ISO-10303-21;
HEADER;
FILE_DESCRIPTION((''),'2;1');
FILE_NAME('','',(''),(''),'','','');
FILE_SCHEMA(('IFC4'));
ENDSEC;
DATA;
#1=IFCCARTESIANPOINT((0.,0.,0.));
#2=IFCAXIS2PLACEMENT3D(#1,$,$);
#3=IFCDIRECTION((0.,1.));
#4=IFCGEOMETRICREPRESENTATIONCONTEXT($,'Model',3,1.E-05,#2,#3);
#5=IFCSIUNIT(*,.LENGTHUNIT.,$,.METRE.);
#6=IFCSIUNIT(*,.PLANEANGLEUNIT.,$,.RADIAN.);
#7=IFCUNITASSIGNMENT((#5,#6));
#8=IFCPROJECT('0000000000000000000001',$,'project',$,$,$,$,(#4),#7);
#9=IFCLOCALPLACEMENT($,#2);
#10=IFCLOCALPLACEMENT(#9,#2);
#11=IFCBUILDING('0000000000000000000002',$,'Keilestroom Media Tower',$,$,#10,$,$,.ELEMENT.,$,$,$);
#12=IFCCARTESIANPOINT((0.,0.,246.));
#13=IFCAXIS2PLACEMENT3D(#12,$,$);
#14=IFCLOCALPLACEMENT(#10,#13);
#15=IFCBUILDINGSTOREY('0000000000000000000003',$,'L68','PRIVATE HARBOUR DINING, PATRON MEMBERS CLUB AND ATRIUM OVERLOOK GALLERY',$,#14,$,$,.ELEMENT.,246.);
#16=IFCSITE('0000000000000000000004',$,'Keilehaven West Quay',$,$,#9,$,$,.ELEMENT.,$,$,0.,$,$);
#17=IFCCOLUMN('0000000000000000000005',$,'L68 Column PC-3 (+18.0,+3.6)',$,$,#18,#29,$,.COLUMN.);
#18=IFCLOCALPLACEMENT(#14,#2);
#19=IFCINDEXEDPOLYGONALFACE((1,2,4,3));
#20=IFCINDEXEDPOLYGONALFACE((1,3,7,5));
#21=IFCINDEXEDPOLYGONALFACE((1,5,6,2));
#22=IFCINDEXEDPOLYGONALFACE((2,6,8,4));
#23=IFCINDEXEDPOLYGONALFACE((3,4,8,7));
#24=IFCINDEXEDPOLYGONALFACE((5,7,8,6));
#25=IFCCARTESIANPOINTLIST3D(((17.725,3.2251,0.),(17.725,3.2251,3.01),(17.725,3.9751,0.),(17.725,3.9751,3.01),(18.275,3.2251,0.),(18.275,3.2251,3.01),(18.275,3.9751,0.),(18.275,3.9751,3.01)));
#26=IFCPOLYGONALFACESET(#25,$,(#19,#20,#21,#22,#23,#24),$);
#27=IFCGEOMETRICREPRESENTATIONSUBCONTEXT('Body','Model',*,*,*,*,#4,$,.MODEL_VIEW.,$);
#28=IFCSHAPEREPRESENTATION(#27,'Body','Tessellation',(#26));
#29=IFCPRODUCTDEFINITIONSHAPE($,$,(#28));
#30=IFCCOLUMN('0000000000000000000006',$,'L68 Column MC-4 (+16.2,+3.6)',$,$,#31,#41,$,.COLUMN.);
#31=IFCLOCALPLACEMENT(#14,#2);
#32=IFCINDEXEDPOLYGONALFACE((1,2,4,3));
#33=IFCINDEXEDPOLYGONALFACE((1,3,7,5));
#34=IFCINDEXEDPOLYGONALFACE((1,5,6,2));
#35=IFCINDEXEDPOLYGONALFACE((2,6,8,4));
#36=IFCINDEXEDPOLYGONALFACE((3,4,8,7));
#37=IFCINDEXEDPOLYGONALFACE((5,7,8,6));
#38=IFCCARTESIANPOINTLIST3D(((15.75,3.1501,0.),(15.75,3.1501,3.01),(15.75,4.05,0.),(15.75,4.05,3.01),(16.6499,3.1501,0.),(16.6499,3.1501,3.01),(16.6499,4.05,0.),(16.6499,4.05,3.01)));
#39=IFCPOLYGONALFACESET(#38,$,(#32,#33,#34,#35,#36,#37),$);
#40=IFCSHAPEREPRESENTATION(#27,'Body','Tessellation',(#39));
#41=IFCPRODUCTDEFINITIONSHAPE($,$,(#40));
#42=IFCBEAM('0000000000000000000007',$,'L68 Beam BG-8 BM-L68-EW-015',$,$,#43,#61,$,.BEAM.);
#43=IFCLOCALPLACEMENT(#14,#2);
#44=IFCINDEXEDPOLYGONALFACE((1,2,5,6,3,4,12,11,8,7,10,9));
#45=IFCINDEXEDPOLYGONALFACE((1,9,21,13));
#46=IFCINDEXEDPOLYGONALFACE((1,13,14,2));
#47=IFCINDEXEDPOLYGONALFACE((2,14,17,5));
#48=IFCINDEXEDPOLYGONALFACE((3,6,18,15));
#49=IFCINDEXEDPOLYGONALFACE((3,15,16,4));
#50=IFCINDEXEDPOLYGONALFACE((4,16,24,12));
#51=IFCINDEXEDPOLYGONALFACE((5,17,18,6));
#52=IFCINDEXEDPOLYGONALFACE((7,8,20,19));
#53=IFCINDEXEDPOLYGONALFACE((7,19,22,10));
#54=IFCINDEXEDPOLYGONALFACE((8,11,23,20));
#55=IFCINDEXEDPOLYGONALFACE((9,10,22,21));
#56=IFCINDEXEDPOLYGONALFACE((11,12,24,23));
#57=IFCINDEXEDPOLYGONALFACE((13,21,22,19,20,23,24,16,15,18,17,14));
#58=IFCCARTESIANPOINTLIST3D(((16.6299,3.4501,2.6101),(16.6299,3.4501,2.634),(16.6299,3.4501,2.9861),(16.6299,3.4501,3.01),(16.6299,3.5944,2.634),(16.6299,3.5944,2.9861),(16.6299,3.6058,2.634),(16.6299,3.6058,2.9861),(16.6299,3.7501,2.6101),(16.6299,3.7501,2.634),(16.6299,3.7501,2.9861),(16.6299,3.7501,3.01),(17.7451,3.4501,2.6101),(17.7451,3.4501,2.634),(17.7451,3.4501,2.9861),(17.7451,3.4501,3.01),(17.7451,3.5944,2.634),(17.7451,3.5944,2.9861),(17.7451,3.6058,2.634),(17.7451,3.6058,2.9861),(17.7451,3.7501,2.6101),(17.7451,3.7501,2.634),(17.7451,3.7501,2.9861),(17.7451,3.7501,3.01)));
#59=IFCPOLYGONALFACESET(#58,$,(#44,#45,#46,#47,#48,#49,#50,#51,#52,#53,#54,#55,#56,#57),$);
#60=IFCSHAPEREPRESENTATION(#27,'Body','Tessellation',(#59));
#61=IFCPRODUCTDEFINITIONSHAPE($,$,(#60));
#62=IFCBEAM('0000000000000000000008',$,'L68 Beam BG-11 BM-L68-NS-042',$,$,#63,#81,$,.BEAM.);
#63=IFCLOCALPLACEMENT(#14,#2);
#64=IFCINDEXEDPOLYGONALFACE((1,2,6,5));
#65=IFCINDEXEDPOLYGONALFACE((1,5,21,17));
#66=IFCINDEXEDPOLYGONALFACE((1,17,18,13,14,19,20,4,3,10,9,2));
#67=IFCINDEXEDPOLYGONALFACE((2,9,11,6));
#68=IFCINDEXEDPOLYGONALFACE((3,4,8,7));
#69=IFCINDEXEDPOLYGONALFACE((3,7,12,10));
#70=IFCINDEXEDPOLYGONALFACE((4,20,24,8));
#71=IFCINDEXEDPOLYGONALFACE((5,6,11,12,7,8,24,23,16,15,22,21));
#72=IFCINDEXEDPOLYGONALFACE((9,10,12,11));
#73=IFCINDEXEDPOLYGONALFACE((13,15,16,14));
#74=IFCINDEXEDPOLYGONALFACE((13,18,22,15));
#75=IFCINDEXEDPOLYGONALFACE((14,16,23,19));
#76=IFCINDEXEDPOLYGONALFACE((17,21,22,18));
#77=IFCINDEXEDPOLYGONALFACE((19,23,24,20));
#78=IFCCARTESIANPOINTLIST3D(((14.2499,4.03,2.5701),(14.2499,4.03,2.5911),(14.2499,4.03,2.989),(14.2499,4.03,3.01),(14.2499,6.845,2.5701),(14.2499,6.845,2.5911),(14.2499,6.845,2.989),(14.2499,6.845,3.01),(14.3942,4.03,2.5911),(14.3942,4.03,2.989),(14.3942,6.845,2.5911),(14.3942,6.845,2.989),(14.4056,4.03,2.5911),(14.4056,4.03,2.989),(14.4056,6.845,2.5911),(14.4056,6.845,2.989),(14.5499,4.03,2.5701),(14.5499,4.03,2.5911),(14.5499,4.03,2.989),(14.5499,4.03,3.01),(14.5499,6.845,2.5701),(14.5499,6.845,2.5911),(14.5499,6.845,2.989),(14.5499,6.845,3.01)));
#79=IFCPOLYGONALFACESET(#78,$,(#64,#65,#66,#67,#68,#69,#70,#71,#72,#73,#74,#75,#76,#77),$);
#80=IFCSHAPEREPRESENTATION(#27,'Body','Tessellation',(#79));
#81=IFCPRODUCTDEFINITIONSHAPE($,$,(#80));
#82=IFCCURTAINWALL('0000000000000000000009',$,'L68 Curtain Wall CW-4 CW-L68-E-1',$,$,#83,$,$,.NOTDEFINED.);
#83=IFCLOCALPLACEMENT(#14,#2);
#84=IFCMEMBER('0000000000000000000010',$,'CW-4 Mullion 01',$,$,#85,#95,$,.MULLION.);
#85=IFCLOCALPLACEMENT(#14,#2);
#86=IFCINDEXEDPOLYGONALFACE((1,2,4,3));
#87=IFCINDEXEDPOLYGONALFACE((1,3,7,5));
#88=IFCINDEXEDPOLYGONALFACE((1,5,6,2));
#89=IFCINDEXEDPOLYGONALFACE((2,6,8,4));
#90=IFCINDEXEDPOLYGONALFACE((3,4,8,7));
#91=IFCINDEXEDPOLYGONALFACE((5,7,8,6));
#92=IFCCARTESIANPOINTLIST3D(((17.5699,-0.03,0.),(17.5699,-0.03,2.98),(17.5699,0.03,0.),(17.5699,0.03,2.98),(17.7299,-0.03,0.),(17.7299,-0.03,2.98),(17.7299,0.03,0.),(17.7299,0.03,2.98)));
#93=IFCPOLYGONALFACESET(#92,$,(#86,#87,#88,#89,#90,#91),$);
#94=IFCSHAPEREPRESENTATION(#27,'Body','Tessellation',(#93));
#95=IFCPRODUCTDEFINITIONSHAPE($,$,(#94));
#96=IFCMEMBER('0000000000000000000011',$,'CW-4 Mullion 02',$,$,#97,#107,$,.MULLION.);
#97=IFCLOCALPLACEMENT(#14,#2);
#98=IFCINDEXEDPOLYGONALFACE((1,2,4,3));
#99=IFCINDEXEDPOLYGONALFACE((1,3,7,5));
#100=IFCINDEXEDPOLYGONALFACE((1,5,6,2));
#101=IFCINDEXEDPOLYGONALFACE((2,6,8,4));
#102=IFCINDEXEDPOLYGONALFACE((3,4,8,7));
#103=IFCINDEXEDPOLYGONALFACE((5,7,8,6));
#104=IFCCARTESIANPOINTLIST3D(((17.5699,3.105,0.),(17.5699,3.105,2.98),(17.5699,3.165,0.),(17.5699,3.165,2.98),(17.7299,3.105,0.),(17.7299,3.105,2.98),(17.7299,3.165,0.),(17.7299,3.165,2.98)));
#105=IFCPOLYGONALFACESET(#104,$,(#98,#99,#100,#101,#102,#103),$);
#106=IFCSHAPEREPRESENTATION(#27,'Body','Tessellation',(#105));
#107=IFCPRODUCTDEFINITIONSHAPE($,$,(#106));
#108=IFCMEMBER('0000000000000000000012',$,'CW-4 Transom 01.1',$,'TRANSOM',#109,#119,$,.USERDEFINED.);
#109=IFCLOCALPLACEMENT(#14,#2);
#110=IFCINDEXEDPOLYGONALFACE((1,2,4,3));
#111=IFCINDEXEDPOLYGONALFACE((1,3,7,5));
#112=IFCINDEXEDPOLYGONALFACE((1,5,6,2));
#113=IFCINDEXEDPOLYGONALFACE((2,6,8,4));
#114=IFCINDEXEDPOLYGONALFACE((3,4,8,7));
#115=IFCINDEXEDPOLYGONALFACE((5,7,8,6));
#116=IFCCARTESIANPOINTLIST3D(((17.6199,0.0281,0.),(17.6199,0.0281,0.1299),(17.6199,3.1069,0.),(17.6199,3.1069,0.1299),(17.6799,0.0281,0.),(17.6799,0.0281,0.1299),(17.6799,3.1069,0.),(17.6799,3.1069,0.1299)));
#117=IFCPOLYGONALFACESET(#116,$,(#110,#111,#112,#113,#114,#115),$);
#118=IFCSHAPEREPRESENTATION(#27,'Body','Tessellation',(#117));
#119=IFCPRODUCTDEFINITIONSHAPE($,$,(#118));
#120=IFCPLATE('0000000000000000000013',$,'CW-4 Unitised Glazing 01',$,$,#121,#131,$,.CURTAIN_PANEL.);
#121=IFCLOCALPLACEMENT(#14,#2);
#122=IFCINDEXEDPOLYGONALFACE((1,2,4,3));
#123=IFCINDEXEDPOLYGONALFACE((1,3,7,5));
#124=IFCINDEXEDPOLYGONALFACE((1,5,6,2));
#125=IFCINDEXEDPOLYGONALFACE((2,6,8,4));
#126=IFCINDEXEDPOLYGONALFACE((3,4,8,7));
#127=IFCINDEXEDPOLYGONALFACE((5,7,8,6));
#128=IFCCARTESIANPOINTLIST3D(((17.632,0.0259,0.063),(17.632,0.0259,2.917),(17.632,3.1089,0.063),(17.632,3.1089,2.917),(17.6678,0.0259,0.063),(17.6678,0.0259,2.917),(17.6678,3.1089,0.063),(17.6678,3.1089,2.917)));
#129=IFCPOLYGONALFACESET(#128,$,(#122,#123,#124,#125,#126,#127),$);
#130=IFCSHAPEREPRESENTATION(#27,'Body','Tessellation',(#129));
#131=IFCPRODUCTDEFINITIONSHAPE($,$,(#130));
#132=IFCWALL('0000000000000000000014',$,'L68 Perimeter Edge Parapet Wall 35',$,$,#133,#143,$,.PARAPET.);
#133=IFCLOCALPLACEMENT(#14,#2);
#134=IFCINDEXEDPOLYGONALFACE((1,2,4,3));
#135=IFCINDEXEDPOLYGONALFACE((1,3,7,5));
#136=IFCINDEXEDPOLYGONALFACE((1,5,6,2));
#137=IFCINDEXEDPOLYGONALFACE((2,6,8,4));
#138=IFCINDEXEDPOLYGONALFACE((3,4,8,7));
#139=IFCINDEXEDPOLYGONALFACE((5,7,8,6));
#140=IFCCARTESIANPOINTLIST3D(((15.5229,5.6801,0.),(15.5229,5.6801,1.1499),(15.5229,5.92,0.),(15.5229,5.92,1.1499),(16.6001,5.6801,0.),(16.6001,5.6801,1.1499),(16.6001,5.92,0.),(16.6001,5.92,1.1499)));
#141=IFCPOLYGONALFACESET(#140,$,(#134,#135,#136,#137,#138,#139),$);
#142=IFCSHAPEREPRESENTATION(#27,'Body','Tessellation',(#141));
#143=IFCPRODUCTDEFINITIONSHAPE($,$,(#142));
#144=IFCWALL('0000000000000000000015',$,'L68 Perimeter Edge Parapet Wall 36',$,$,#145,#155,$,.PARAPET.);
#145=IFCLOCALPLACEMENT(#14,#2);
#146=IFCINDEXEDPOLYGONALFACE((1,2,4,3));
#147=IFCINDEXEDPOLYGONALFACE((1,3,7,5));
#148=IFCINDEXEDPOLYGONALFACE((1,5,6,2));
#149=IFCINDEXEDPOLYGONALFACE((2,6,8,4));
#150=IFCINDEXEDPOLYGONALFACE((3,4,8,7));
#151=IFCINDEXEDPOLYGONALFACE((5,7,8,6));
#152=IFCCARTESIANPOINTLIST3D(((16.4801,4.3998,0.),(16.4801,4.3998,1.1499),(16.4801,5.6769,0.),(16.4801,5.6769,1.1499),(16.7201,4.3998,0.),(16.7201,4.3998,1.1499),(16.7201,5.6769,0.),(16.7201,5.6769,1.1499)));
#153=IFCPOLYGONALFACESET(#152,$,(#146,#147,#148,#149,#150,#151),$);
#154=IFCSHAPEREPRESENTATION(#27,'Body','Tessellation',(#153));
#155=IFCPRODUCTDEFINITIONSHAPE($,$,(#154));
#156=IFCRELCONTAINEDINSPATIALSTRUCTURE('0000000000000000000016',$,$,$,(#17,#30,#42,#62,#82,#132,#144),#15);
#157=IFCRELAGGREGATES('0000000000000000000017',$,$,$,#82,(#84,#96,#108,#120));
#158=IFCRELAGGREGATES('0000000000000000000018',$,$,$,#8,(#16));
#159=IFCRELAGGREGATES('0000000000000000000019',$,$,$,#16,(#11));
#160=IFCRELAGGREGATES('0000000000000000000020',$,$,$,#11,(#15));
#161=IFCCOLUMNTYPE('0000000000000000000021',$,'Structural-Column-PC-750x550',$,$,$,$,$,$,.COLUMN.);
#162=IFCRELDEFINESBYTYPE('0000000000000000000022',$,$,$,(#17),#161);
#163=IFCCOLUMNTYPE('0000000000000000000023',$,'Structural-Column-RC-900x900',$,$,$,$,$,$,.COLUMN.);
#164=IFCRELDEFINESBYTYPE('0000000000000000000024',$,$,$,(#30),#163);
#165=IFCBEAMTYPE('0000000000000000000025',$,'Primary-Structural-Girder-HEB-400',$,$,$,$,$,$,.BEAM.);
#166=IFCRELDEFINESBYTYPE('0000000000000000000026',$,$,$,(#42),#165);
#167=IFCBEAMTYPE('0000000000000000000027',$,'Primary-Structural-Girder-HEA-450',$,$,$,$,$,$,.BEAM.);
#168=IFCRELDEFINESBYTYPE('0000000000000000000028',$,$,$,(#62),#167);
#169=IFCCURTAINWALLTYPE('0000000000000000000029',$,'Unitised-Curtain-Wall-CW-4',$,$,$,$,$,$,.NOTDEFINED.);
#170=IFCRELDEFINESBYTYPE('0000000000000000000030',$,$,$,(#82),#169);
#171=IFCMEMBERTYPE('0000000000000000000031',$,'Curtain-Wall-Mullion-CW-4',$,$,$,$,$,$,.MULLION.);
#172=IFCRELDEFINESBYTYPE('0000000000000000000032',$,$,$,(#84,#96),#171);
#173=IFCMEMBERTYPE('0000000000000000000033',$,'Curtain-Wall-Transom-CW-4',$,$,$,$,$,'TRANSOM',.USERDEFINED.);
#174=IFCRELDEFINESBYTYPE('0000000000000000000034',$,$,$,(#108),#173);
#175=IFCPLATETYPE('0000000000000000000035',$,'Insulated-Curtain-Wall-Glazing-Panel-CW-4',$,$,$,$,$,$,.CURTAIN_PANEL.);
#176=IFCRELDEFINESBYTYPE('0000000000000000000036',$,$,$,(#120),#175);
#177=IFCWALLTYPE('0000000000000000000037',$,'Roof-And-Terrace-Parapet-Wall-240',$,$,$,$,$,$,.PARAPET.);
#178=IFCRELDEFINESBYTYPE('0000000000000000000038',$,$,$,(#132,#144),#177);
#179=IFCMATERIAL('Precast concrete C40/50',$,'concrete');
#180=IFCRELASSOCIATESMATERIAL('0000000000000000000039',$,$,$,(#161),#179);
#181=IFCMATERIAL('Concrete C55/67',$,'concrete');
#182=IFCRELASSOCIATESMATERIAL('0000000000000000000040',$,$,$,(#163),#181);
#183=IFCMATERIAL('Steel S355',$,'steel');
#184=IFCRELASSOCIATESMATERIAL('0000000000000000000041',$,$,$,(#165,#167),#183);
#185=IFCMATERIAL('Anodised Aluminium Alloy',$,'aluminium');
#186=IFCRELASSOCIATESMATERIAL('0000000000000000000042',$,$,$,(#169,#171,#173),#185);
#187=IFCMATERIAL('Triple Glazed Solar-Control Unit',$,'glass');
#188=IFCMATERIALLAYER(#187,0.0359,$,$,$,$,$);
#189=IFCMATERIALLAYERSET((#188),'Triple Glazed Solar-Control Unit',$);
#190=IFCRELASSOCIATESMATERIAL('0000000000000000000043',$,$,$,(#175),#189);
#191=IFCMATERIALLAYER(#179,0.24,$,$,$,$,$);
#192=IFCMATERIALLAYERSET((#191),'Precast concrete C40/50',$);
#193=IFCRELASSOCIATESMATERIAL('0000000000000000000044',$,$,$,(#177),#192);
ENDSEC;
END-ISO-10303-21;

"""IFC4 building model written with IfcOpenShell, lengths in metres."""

from ifc_helpers import new_model, si_unit, direction, frame, frame_2d, origin, origin_2d, place, context, subcontext, project, spatial, rectangle, i_section, extrude, source, transform, mapped, material, layer, layer_set, material_profile, profile_set, type_object, element, aggregate, save


model = new_model("IFC4")

# Units and contexts
model_context = context("Model", 3, precision=1e-05, world=origin(), true_north=direction((0.0, 1.0)))
body_context = subcontext(model_context, "Body", "Model", "MODEL_VIEW")
ifc_project = project(units=[si_unit("LENGTHUNIT", "METRE"), si_unit("PLANEANGLEUNIT", "RADIAN")], contexts=[model_context])

# Site, building, storey
site_placement = place(None, origin())
site = spatial("IfcSite", under=ifc_project, at=site_placement, Name="Keilehaven West Quay", CompositionType="ELEMENT", RefElevation=0.0)
building_placement = place(site_placement, origin())
building = spatial("IfcBuilding", under=site, at=building_placement, Name="Keilestroom Media Tower", CompositionType="ELEMENT")
storey_placement = place(building_placement, frame((0.0, 0.0, 246.0)))
storey = spatial("IfcBuildingStorey", under=building, at=storey_placement, Name="L68", Description="PRIVATE HARBOUR DINING, PATRON MEMBERS CLUB AND ATRIUM OVERLOOK GALLERY", CompositionType="ELEMENT", Elevation=246.0)

# Columns
ifc_material_1 = material(Name="Precast concrete C40/50", Category="concrete")
ifc_material_profile_1 = material_profile(ifc_material_1, rectangle(XDim=0.55, YDim=0.75, at=origin_2d()), Name="PC 750x550")
ifc_profile_set_1 = profile_set([ifc_material_profile_1], Name="Precast concrete C40/50")
column_type_1 = type_object("IfcColumnType", Name="Structural-Column-PC-750x550", PredefinedType="COLUMN", material=ifc_profile_set_1)
shared_shape_1 = source(origin(), body_context, "Body", "SweptSolid", [
    extrude(rectangle(XDim=0.55, YDim=0.75, at=origin_2d()), origin(), (0.0, 0.0, 1.0), 3.01),
])
column_1_placement = place(storey_placement, frame((18.0, 3.6001, 0.0), z_axis=(0.0, 0.0, 1.0), x_axis=(1.0, 0.0, 0.0)))
element("IfcColumn", 1, at=column_1_placement, inside=storey, type_object=column_type_1, Name="L68 Column PC-3 (+18.0,+3.6)", PredefinedType="COLUMN", context=body_context, shape_type="MappedRepresentation", body=[
    mapped(shared_shape_1, transform((0.0, 0.0, 0.0), x_axis=(1.0, 0.0, 0.0), y_axis=(0.0, 1.0, 0.0), z_axis=(0.0, 0.0, 1.0), scale=1.0)),
])
ifc_material_2 = material(Name="Concrete C55/67", Category="concrete")
ifc_material_profile_2 = material_profile(ifc_material_2, rectangle(XDim=0.8999, YDim=0.8999, at=origin_2d()), Name="RC 900x900")
ifc_profile_set_2 = profile_set([ifc_material_profile_2], Name="Concrete C55/67")
column_type_2 = type_object("IfcColumnType", Name="Structural-Column-RC-900x900", PredefinedType="COLUMN", material=ifc_profile_set_2)
shared_shape_2 = source(origin(), body_context, "Body", "SweptSolid", [
    extrude(rectangle(XDim=0.8999, YDim=0.8999, at=origin_2d()), origin(), (0.0, 0.0, 1.0), 3.01),
])
column_2_placement = place(storey_placement, frame((16.2, 3.6001, 0.0), z_axis=(0.0, 0.0, 1.0), x_axis=(1.0, 0.0, 0.0)))
element("IfcColumn", 2, at=column_2_placement, inside=storey, type_object=column_type_2, Name="L68 Column MC-4 (+16.2,+3.6)", PredefinedType="COLUMN", context=body_context, shape_type="MappedRepresentation", body=[
    mapped(shared_shape_2, transform((0.0, 0.0, 0.0), x_axis=(1.0, 0.0, 0.0), y_axis=(0.0, 1.0, 0.0), z_axis=(0.0, 0.0, 1.0), scale=1.0)),
])

# Beams
ifc_material_3 = material(Name="Steel S355", Category="steel")
ifc_material_profile_3 = material_profile(ifc_material_3, i_section(OverallWidth=0.3, OverallDepth=0.3999, WebThickness=0.0115, FlangeThickness=0.0239, at=origin_2d()), Name="HEB 400")
ifc_profile_set_3 = profile_set([ifc_material_profile_3], Name="Steel S355")
beam_type_1 = type_object("IfcBeamType", Name="Primary-Structural-Girder-HEB-400", PredefinedType="BEAM", material=ifc_profile_set_3)
shared_shape_3 = source(origin(), body_context, "Body", "SweptSolid", [
    extrude(i_section(OverallWidth=0.3, OverallDepth=0.3999, WebThickness=0.0115, FlangeThickness=0.0239, at=origin_2d()), origin(), (0.0, 0.0, 1.0), 1.1152),
])
beam_1_placement = place(storey_placement, frame((16.6299, 3.6001, 2.8101), z_axis=(1.0, 0.0, 0.0), x_axis=(0.0, 1.0, 0.0)))
element("IfcBeam", 3, at=beam_1_placement, inside=storey, type_object=beam_type_1, Name="L68 Beam BG-8 BM-L68-EW-015", PredefinedType="BEAM", context=body_context, shape_type="MappedRepresentation", body=[
    mapped(shared_shape_3, transform((0.0, 0.0, 0.0), x_axis=(1.0, 0.0, 0.0), y_axis=(0.0, 1.0, 0.0), z_axis=(0.0, 0.0, 1.0), scale=1.0)),
])
ifc_material_profile_4 = material_profile(ifc_material_3, i_section(OverallWidth=0.3, OverallDepth=0.4399, WebThickness=0.0115, FlangeThickness=0.021, at=origin_2d()), Name="HEA 450")
ifc_profile_set_4 = profile_set([ifc_material_profile_4], Name="Steel S355")
beam_type_2 = type_object("IfcBeamType", Name="Primary-Structural-Girder-HEA-450", PredefinedType="BEAM", material=ifc_profile_set_4)
shared_shape_4 = source(origin(), body_context, "Body", "SweptSolid", [
    extrude(i_section(OverallWidth=0.3, OverallDepth=0.4399, WebThickness=0.0115, FlangeThickness=0.021, at=origin_2d()), origin(), (0.0, 0.0, 1.0), 2.8149),
])
beam_2_placement = place(storey_placement, frame((14.3999, 4.03, 2.79), z_axis=(0.0, 1.0, 0.0), x_axis=(-1.0, 0.0, 0.0)))
element("IfcBeam", 4, at=beam_2_placement, inside=storey, type_object=beam_type_2, Name="L68 Beam BG-11 BM-L68-NS-042", PredefinedType="BEAM", context=body_context, shape_type="MappedRepresentation", body=[
    mapped(shared_shape_4, transform((0.0, 0.0, 0.0), x_axis=(1.0, 0.0, 0.0), y_axis=(0.0, 1.0, 0.0), z_axis=(0.0, 0.0, 1.0), scale=1.0)),
])

# Curtain wall, members, plate
ifc_material_4 = material(Name="Anodised Aluminium Alloy", Category="aluminium")
curtain_wall_type = type_object("IfcCurtainWallType", Name="Unitised-Curtain-Wall-CW-4", PredefinedType="NOTDEFINED", material=ifc_material_4)
curtain_wall_placement = place(storey_placement, origin())
curtain_wall = element("IfcCurtainWall", 5, at=curtain_wall_placement, inside=storey, type_object=curtain_wall_type, Name="L68 Curtain Wall CW-4 CW-L68-E-1", PredefinedType="NOTDEFINED")
ifc_material_profile_5 = material_profile(ifc_material_4, rectangle(XDim=0.0601, YDim=0.1599, at=origin_2d()), Name="ALU MULLION 60x160")
ifc_profile_set_5 = profile_set([ifc_material_profile_5], Name="Anodised Aluminium Alloy")
member_type_1 = type_object("IfcMemberType", Name="Curtain-Wall-Mullion-CW-4", PredefinedType="MULLION", material=ifc_profile_set_5)
shared_shape_5 = source(origin(), body_context, "Body", "SweptSolid", [
    extrude(rectangle(XDim=0.0601, YDim=0.1599, at=origin_2d()), origin(), (0.0, 0.0, 1.0), 2.98),
])
member_1_placement = place(storey_placement, frame((17.6499, 0.0, 0.0), z_axis=(0.0, 0.0, 1.0), x_axis=(0.0, 1.0, 0.0)))
member_1 = element("IfcMember", 6, at=member_1_placement, type_object=member_type_1, Name="CW-4 Mullion 01", PredefinedType="MULLION", context=body_context, shape_type="MappedRepresentation", body=[
    mapped(shared_shape_5, transform((0.0, 0.0, 0.0), x_axis=(1.0, 0.0, 0.0), y_axis=(0.0, 1.0, 0.0), z_axis=(0.0, 0.0, 1.0), scale=1.0)),
])
member_2_placement = place(storey_placement, frame((17.6499, 3.135, 0.0), z_axis=(0.0, 0.0, 1.0), x_axis=(0.0, 1.0, 0.0)))
member_2 = element("IfcMember", 7, at=member_2_placement, type_object=member_type_1, Name="CW-4 Mullion 02", PredefinedType="MULLION", context=body_context, shape_type="MappedRepresentation", body=[
    mapped(shared_shape_5, transform((0.0, 0.0, 0.0), x_axis=(1.0, 0.0, 0.0), y_axis=(0.0, 1.0, 0.0), z_axis=(0.0, 0.0, 1.0), scale=1.0)),
])
ifc_material_profile_6 = material_profile(ifc_material_4, rectangle(XDim=0.0601, YDim=0.1299, at=origin_2d()), Name="ALU TRANSOM 60x130")
ifc_profile_set_6 = profile_set([ifc_material_profile_6], Name="Anodised Aluminium Alloy")
member_type_2 = type_object("IfcMemberType", Name="Curtain-Wall-Transom-CW-4", ElementType="TRANSOM", PredefinedType="USERDEFINED", material=ifc_profile_set_6)
shared_shape_6 = source(origin(), body_context, "Body", "SweptSolid", [
    extrude(rectangle(XDim=0.0601, YDim=0.1299, at=origin_2d()), origin(), (0.0, 0.0, 1.0), 3.0789),
])
member_3_placement = place(storey_placement, frame((17.6499, 0.0281, 0.0649), z_axis=(0.0, 1.0, 0.0), x_axis=(-1.0, 0.0, 0.0)))
member_3 = element("IfcMember", 8, at=member_3_placement, type_object=member_type_2, Name="CW-4 Transom 01.1", ObjectType="TRANSOM", PredefinedType="USERDEFINED", context=body_context, shape_type="MappedRepresentation", body=[
    mapped(shared_shape_6, transform((0.0, 0.0, 0.0), x_axis=(1.0, 0.0, 0.0), y_axis=(0.0, 1.0, 0.0), z_axis=(0.0, 0.0, 1.0), scale=1.0)),
])
ifc_material_5 = material(Name="Triple Glazed Solar-Control Unit", Category="glass")
ifc_layer_1 = layer(ifc_material_5, 0.0359)
ifc_layer_set_1 = layer_set([ifc_layer_1], Name="Triple Glazed Solar-Control Unit")
plate_type = type_object("IfcPlateType", Name="Insulated-Curtain-Wall-Glazing-Panel-CW-4", PredefinedType="CURTAIN_PANEL", material=ifc_layer_set_1)
shared_shape_7 = source(origin(), body_context, "Body", "SweptSolid", [
    extrude(rectangle(XDim=3.083, YDim=0.0359, at=origin_2d()), origin(), (0.0, 0.0, 1.0), 2.854),
])
plate_placement = place(storey_placement, frame((17.6499, 1.5674, 0.063), z_axis=(0.0, 0.0, 1.0), x_axis=(0.0, 1.0, 0.0)))
plate = element("IfcPlate", 9, at=plate_placement, type_object=plate_type, Name="CW-4 Unitised Glazing 01", PredefinedType="CURTAIN_PANEL", context=body_context, shape_type="MappedRepresentation", body=[
    mapped(shared_shape_7, transform((0.0, 0.0, 0.0), x_axis=(1.0, 0.0, 0.0), y_axis=(0.0, 1.0, 0.0), z_axis=(0.0, 0.0, 1.0), scale=1.0)),
])
aggregate(curtain_wall, [member_1, member_2, member_3, plate])

# Walls
ifc_layer_2 = layer(ifc_material_1, 0.24)
ifc_layer_set_2 = layer_set([ifc_layer_2], Name="Precast concrete C40/50")
wall_type = type_object("IfcWallType", Name="Roof-And-Terrace-Parapet-Wall-240", PredefinedType="PARAPET", material=ifc_layer_set_2)
wall_1_placement = place(storey_placement, frame((15.5229, 5.8, 0.0), z_axis=(0.0, 0.0, 1.0), x_axis=(1.0, 0.0, 0.0)))
element("IfcWall", 10, at=wall_1_placement, inside=storey, type_object=wall_type, Name="L68 Perimeter Edge Parapet Wall 35", PredefinedType="PARAPET", context=body_context, shape_type="SweptSolid", body=[
    extrude(rectangle(XDim=1.0771, YDim=0.24, at=frame_2d((0.5386, 0.0))), origin(), (0.0, 0.0, 1.0), 1.1499),
])
wall_2_placement = place(storey_placement, frame((16.6001, 5.677, 0.0), z_axis=(0.0, 0.0, 1.0), x_axis=(0.0, -1.0, 0.0)))
element("IfcWall", 11, at=wall_2_placement, inside=storey, type_object=wall_type, Name="L68 Perimeter Edge Parapet Wall 36", PredefinedType="PARAPET", context=body_context, shape_type="SweptSolid", body=[
    extrude(rectangle(XDim=1.2771, YDim=0.24, at=frame_2d((0.6387, 0.0))), origin(), (0.0, 0.0, 1.0), 1.1499),
])

save(model, "model.ifc")
